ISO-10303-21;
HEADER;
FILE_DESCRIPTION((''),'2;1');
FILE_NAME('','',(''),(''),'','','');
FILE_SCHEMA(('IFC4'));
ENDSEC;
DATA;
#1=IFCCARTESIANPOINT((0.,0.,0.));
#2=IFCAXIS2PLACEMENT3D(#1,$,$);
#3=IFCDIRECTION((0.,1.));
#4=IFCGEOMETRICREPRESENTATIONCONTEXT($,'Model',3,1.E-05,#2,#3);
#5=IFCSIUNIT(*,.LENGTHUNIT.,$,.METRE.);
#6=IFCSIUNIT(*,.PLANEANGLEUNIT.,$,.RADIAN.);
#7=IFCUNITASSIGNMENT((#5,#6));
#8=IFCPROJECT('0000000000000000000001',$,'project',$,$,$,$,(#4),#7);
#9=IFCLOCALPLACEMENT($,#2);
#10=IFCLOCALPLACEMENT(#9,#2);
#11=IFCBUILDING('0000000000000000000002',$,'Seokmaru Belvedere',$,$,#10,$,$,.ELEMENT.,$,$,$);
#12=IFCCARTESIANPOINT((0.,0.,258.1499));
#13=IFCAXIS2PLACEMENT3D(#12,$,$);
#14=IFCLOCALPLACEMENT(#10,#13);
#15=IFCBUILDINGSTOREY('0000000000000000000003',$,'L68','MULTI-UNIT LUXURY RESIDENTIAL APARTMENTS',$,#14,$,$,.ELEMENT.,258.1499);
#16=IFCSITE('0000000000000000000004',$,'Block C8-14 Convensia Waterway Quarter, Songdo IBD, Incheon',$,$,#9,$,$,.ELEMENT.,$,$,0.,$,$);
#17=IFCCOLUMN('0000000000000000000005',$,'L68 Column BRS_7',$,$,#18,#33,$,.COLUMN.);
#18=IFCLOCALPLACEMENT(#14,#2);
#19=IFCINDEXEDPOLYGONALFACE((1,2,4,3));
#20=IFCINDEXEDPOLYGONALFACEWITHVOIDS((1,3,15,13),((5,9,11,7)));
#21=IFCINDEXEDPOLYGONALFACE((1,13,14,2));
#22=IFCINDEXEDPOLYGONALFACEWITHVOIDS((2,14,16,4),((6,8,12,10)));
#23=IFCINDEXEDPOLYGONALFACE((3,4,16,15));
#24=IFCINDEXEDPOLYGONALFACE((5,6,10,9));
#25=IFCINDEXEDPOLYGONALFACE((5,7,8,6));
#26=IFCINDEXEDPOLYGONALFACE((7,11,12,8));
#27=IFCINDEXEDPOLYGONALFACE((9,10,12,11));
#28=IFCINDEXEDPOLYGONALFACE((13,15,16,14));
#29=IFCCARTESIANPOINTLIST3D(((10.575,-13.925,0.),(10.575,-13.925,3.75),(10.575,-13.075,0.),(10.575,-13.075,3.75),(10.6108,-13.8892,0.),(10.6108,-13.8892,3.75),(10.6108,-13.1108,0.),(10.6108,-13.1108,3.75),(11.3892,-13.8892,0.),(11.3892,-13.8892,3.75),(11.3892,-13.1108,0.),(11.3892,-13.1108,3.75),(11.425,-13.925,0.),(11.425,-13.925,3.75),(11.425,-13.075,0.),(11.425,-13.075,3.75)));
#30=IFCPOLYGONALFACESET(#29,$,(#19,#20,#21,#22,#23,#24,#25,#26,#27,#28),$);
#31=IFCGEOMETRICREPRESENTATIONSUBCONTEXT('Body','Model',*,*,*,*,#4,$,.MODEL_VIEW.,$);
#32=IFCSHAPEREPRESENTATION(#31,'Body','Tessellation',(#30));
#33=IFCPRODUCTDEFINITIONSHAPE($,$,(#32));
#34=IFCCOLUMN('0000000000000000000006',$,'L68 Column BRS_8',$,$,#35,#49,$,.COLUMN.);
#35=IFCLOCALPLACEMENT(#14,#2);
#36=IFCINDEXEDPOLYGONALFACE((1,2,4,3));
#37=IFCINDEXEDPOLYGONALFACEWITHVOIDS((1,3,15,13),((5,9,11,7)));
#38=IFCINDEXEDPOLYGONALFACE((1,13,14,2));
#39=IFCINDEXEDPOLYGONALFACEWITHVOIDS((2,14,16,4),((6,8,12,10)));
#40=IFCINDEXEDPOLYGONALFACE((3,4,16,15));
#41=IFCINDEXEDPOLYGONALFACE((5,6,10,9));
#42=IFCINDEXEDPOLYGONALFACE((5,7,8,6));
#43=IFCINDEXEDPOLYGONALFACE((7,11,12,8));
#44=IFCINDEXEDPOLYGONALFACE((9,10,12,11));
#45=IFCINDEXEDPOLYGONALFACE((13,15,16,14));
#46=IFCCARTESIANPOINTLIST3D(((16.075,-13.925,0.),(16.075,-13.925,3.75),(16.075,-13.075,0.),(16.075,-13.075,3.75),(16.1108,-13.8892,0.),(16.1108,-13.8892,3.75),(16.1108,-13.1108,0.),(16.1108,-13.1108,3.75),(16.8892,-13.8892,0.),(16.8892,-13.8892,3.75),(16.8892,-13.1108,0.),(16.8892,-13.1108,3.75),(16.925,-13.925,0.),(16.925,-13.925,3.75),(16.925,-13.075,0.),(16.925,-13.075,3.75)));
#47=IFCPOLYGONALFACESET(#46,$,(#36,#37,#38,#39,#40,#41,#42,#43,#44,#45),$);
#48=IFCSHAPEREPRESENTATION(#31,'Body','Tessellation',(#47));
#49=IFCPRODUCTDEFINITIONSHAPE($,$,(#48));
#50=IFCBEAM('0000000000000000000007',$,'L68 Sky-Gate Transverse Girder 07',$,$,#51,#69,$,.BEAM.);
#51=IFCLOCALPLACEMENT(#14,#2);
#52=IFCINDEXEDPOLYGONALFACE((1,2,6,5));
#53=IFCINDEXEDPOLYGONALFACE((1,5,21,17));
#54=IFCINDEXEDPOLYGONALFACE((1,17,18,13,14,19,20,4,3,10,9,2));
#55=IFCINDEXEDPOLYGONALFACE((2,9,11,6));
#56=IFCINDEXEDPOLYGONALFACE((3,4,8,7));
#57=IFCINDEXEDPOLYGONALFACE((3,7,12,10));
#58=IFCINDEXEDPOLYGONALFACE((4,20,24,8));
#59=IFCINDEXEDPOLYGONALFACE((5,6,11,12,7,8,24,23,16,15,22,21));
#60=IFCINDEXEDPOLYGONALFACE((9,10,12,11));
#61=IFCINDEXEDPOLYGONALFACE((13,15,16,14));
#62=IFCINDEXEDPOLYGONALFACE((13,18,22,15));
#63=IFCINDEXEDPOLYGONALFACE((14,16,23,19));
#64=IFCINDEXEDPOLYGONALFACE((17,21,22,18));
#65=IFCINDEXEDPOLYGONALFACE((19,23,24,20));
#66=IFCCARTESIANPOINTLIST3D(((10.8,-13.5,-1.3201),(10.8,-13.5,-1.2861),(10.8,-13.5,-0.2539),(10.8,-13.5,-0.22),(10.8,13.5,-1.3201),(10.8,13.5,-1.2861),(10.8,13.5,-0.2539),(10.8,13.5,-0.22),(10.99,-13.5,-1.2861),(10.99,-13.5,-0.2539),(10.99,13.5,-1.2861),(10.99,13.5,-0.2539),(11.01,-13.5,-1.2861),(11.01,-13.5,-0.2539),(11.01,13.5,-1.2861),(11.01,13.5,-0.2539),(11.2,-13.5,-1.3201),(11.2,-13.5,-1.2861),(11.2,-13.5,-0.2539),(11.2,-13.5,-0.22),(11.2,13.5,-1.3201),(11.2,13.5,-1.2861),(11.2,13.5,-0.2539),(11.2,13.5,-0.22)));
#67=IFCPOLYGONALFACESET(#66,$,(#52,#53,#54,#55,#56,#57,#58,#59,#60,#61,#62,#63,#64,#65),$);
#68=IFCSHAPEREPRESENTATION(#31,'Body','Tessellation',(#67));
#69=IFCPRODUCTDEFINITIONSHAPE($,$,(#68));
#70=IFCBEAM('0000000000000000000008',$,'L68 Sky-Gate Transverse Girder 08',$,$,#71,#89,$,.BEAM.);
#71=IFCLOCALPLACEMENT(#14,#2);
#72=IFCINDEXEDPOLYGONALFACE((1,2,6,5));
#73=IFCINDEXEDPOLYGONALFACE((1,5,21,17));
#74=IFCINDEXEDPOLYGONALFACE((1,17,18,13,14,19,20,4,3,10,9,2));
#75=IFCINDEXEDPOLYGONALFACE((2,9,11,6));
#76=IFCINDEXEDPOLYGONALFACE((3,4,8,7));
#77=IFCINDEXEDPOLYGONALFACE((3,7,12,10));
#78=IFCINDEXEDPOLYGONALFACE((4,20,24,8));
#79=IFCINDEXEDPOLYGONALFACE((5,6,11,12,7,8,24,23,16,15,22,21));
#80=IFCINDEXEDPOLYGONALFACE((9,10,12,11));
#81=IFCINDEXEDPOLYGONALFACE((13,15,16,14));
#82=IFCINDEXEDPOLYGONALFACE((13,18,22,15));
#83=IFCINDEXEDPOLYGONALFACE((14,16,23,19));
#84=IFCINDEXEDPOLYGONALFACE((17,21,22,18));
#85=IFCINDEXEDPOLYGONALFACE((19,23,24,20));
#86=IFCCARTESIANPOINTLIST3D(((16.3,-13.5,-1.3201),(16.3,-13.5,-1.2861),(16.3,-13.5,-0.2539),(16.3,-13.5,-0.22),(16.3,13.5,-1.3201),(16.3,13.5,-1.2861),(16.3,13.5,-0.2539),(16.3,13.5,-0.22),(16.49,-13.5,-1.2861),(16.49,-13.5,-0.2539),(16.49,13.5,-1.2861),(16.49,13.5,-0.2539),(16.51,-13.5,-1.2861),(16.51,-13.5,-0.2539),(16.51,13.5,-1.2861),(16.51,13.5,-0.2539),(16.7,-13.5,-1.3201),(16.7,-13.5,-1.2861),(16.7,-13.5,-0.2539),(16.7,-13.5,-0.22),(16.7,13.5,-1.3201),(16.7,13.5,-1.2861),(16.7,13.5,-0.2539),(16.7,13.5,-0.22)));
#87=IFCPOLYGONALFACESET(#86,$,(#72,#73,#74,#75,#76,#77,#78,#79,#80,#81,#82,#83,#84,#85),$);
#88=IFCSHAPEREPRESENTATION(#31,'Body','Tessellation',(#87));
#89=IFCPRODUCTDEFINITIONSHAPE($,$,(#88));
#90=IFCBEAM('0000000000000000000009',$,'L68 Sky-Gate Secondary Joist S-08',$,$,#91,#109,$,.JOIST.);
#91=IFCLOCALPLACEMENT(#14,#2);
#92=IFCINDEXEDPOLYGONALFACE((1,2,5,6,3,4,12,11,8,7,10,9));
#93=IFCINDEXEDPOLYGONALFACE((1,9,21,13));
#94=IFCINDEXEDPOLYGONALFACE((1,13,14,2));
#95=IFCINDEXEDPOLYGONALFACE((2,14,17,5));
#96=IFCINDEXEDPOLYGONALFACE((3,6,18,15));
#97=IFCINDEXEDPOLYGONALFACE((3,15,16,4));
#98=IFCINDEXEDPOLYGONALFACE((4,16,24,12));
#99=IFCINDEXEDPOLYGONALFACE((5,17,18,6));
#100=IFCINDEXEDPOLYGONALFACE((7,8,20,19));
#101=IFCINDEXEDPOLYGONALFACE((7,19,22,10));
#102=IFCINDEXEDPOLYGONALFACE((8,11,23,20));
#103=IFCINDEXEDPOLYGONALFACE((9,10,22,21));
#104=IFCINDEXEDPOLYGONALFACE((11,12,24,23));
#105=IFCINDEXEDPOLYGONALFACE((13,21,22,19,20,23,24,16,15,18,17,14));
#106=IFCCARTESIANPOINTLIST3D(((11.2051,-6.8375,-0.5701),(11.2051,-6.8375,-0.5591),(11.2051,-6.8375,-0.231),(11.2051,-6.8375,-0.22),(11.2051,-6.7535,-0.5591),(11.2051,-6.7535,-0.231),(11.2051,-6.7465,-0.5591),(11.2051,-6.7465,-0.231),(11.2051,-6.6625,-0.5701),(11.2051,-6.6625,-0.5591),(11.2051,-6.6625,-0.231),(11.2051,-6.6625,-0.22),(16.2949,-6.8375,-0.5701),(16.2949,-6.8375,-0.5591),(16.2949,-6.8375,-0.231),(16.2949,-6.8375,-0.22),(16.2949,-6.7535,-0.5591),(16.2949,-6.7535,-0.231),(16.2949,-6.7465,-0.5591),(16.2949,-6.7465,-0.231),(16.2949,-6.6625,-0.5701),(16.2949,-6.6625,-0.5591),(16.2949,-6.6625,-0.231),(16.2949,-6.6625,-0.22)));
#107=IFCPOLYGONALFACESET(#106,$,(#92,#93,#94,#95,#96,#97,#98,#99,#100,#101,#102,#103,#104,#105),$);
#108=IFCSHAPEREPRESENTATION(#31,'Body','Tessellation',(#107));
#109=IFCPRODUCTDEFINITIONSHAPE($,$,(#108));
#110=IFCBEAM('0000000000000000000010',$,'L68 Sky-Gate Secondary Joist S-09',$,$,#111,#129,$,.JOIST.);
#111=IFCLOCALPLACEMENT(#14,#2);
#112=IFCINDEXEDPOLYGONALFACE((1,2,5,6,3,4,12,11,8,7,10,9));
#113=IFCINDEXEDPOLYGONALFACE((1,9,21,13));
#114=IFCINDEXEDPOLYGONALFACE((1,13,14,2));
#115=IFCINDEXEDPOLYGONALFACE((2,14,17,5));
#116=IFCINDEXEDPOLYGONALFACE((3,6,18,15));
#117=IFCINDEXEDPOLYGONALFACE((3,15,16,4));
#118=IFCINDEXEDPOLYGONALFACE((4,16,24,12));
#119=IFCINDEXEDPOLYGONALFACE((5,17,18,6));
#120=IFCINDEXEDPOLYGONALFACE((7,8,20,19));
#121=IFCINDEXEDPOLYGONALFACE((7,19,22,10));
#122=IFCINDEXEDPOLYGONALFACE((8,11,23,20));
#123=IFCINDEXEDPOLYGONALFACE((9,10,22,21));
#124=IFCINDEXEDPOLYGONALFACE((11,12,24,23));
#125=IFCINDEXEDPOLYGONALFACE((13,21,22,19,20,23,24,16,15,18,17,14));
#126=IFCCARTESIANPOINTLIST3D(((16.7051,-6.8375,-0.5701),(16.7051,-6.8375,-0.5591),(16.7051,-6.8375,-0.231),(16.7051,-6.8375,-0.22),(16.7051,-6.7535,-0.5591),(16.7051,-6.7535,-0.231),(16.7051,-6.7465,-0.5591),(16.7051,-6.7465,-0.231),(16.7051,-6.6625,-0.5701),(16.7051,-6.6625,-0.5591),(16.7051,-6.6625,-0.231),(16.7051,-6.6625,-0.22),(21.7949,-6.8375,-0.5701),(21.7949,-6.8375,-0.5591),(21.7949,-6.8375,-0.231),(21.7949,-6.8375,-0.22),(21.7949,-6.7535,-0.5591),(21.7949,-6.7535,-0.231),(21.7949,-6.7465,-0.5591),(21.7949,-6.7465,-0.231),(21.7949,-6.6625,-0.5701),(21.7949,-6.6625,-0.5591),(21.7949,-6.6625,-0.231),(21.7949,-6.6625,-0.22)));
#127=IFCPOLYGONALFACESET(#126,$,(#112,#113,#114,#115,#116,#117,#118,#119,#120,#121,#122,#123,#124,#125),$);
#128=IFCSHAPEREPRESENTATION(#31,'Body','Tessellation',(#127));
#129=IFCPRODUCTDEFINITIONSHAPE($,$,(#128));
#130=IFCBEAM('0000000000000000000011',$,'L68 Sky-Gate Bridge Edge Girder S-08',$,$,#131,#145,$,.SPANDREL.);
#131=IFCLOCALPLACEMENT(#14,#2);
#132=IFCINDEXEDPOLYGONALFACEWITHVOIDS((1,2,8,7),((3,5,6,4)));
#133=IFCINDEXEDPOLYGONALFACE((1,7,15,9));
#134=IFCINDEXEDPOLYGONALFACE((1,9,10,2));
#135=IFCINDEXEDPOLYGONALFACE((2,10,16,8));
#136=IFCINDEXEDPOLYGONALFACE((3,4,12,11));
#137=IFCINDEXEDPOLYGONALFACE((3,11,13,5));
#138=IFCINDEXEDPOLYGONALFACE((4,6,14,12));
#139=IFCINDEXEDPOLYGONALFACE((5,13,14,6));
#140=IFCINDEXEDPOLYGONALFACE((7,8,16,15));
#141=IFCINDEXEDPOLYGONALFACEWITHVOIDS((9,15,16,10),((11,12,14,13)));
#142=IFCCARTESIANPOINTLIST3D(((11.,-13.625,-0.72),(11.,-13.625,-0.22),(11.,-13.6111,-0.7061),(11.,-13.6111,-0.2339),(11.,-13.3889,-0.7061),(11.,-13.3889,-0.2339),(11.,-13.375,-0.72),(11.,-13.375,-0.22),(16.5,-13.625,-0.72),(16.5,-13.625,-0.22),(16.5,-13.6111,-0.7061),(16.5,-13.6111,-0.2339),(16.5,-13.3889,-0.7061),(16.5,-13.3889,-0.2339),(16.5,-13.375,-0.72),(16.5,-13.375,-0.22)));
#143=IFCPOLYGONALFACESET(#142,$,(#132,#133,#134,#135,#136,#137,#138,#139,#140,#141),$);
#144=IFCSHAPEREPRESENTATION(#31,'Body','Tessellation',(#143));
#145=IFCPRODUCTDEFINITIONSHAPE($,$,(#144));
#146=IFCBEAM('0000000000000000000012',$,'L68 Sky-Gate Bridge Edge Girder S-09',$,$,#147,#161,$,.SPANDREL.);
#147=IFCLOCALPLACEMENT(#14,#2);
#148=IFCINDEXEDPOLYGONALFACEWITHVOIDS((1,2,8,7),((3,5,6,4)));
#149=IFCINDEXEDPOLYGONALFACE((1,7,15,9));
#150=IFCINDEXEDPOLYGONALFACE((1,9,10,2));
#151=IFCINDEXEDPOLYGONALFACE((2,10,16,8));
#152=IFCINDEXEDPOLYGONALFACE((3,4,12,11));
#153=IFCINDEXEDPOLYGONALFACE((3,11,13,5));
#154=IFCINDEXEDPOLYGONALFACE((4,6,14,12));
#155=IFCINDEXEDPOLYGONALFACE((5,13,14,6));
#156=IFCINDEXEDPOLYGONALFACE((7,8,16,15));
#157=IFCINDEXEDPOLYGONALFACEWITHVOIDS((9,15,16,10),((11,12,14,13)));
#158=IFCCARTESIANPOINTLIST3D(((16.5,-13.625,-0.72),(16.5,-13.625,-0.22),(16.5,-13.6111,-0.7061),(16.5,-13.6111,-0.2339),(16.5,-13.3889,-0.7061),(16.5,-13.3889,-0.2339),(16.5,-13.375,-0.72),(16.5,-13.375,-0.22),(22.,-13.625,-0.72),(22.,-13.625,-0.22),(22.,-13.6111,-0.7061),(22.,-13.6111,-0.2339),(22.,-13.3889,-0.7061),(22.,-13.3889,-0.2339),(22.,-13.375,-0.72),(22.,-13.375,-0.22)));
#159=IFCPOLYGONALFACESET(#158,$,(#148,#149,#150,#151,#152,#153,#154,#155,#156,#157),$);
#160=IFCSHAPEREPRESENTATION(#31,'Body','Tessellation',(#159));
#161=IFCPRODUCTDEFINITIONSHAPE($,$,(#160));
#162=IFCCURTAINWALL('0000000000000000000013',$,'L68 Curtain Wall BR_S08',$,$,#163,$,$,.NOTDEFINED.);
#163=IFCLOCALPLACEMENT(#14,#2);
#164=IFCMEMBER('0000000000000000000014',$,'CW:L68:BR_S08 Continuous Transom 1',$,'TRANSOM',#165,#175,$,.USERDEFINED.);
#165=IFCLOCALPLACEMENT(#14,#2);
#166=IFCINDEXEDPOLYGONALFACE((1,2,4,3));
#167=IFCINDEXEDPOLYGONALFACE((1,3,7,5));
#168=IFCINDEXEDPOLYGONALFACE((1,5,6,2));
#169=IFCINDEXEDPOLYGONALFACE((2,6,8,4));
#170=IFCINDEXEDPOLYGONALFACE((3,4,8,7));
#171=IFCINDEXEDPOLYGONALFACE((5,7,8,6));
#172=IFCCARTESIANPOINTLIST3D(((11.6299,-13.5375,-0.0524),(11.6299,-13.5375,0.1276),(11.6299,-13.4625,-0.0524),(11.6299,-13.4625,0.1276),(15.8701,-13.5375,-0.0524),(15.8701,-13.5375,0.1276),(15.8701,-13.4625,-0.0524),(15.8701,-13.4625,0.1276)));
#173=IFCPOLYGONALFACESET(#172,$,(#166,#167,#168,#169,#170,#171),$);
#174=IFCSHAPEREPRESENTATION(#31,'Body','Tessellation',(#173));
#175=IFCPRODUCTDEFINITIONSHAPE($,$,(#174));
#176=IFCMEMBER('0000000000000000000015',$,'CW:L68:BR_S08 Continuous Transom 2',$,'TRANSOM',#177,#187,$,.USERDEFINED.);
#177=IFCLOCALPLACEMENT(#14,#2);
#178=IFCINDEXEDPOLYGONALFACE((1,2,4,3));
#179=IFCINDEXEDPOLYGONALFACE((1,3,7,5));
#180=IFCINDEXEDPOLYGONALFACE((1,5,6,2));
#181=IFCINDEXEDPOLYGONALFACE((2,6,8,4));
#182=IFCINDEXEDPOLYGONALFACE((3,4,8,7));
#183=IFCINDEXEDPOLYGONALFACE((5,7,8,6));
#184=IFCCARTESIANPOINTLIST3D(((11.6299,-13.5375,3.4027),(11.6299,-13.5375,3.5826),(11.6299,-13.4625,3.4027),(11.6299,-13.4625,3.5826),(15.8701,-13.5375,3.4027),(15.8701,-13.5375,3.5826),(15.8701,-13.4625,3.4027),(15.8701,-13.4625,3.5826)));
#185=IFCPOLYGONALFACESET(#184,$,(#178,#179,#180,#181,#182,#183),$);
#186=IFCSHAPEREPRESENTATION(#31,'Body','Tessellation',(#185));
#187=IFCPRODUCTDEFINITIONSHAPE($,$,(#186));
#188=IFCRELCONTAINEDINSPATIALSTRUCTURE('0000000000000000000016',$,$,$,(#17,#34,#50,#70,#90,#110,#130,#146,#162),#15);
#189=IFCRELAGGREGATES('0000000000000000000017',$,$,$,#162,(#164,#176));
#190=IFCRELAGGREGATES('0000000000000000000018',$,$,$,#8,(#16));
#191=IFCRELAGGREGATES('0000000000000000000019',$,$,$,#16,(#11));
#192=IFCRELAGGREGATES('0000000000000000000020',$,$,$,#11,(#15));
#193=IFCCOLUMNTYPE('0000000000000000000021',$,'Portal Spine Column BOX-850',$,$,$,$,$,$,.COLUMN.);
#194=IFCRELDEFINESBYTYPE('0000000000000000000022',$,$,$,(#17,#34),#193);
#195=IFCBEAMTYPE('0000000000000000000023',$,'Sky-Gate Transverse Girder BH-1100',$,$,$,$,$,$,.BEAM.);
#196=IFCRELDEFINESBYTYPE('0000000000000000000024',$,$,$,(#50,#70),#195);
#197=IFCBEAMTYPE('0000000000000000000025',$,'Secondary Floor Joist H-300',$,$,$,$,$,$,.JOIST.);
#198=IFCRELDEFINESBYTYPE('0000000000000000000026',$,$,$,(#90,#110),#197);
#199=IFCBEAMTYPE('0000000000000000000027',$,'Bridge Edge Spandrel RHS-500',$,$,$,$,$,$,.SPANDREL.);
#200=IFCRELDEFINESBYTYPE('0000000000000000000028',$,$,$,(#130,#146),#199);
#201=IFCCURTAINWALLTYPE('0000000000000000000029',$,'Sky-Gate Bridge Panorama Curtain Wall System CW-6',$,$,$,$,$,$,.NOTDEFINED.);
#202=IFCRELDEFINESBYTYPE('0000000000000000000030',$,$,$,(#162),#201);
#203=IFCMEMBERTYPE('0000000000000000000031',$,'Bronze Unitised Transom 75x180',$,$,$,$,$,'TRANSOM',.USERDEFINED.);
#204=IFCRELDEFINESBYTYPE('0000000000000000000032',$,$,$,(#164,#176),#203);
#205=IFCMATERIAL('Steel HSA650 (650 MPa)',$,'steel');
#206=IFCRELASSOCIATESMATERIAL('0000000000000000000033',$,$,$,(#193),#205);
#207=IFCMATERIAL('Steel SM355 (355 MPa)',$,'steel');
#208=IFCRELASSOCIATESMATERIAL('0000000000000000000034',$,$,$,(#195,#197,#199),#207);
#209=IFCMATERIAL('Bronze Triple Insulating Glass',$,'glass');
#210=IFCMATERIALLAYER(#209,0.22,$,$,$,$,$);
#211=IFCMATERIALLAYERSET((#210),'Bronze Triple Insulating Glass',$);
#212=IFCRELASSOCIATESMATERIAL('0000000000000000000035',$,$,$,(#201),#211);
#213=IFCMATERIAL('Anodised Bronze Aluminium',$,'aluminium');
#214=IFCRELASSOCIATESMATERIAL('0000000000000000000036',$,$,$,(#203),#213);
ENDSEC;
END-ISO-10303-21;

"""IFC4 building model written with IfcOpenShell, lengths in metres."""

from ifc_helpers import new_model, si_unit, direction, frame, origin, origin_2d, place, context, subcontext, project, spatial, rectangle, hollow_rectangle, i_section, extrude, source, transform, mapped, material, layer, layer_set, material_profile, profile_set, type_object, type_shapes, element, aggregate, save


model = new_model("IFC4")

# Units and contexts
model_context = context("Model", 3, precision=1e-05, world=origin(), true_north=direction((0.0, 1.0)))
body_context = subcontext(model_context, "Body", "Model", "MODEL_VIEW")
ifc_project = project(units=[si_unit("LENGTHUNIT", "METRE"), si_unit("PLANEANGLEUNIT", "RADIAN")], contexts=[model_context])

# Site, building, storey
site_placement = place(None, origin())
site = spatial("IfcSite", under=ifc_project, at=site_placement, Name="Block C8-14 Convensia Waterway Quarter, Songdo IBD, Incheon", CompositionType="ELEMENT", RefElevation=0.0)
building_placement = place(site_placement, origin())
building = spatial("IfcBuilding", under=site, at=building_placement, Name="Seokmaru Belvedere", CompositionType="ELEMENT")
storey_placement = place(building_placement, frame((0.0, 0.0, 258.1499)))
storey = spatial("IfcBuildingStorey", under=building, at=storey_placement, Name="L68", Description="MULTI-UNIT LUXURY RESIDENTIAL APARTMENTS", CompositionType="ELEMENT", Elevation=258.1499)

# Columns
ifc_material_1 = material(Name="Steel HSA650 (650 MPa)", Category="steel")
ifc_material_profile_1 = material_profile(ifc_material_1, hollow_rectangle(XDim=0.8501, YDim=0.8501, WallThickness=0.0359, at=origin_2d()), Name="BOX-850x850x36")
ifc_profile_set_1 = profile_set([ifc_material_profile_1], Name="Steel HSA650 (650 MPa)")
column_type = type_object("IfcColumnType", Name="Portal Spine Column BOX-850", PredefinedType="COLUMN", material=ifc_profile_set_1)
shared_shape_1 = source(origin(), body_context, "Body", "SweptSolid", [
    extrude(hollow_rectangle(XDim=0.8501, YDim=0.8501, WallThickness=0.0359, at=origin_2d()), origin(), (0.0, 0.0, 1.0), 3.75),
])
type_shapes(column_type, [shared_shape_1])
for number, where, z_axis, x_axis, name in (
    (1, (11.0, -13.5, 0.0), (0.0, 0.0, 1.0), (1.0, 0.0, 0.0), "L68 Column BRS_7"),
    (2, (16.5, -13.5, 0.0), (0.0, 0.0, 1.0), (1.0, 0.0, 0.0), "L68 Column BRS_8"),
):
    element("IfcColumn", number, at=place(storey_placement, frame(where, z_axis=z_axis, x_axis=x_axis)), inside=storey, type_object=column_type, Name=name, PredefinedType="COLUMN", context=body_context, shape_type="MappedRepresentation", body=[
        mapped(shared_shape_1, transform((0.0, 0.0, 0.0), scale=1.0)),
    ])

# Beams
ifc_material_2 = material(Name="Steel SM355 (355 MPa)", Category="steel")
ifc_material_profile_2 = material_profile(ifc_material_2, i_section(OverallWidth=0.3999, OverallDepth=1.1001, WebThickness=0.02, FlangeThickness=0.0339, at=origin_2d()), Name="BH-1100x400x20x34")
ifc_profile_set_2 = profile_set([ifc_material_profile_2], Name="Steel SM355 (355 MPa)")
beam_type_1 = type_object("IfcBeamType", Name="Sky-Gate Transverse Girder BH-1100", PredefinedType="BEAM", material=ifc_profile_set_2)
shared_shape_2 = source(origin(), body_context, "Body", "SweptSolid", [
    extrude(i_section(OverallWidth=0.3999, OverallDepth=1.1001, WebThickness=0.02, FlangeThickness=0.0339, at=origin_2d()), origin(), (0.0, 0.0, 1.0), 27.0),
])
type_shapes(beam_type_1, [shared_shape_2])
for number, where, z_axis, x_axis, name in (
    (3, (11.0, -13.5, -0.77), (0.0, 1.0, 0.0), (-1.0, 0.0, 0.0), "L68 Sky-Gate Transverse Girder 07"),
    (4, (16.5, -13.5, -0.77), (0.0, 1.0, 0.0), (-1.0, 0.0, 0.0), "L68 Sky-Gate Transverse Girder 08"),
):
    element("IfcBeam", number, at=place(storey_placement, frame(where, z_axis=z_axis, x_axis=x_axis)), inside=storey, type_object=beam_type_1, Name=name, PredefinedType="BEAM", context=body_context, shape_type="MappedRepresentation", body=[
        mapped(shared_shape_2, transform((0.0, 0.0, 0.0), scale=1.0)),
    ])
ifc_material_profile_3 = material_profile(ifc_material_2, i_section(OverallWidth=0.175, OverallDepth=0.3501, WebThickness=0.0071, FlangeThickness=0.011, at=origin_2d()), Name="H-350x175x7x11")
ifc_profile_set_3 = profile_set([ifc_material_profile_3], Name="Steel SM355 (355 MPa)")
beam_type_2 = type_object("IfcBeamType", Name="Secondary Floor Joist H-300", PredefinedType="JOIST", material=ifc_profile_set_3)
shared_shape_3 = source(origin(), body_context, "Body", "SweptSolid", [
    extrude(i_section(OverallWidth=0.175, OverallDepth=0.3501, WebThickness=0.0071, FlangeThickness=0.011, at=origin_2d()), origin(), (0.0, 0.0, 1.0), 5.0898),
])
type_shapes(beam_type_2, [shared_shape_3])
for number, where, z_axis, x_axis, name in (
    (5, (11.2051, -6.75, -0.395), (1.0, 0.0, 0.0), (0.0, 1.0, 0.0), "L68 Sky-Gate Secondary Joist S-08"),
    (6, (16.7051, -6.75, -0.395), (1.0, 0.0, 0.0), (0.0, 1.0, 0.0), "L68 Sky-Gate Secondary Joist S-09"),
):
    element("IfcBeam", number, at=place(storey_placement, frame(where, z_axis=z_axis, x_axis=x_axis)), inside=storey, type_object=beam_type_2, Name=name, PredefinedType="JOIST", context=body_context, shape_type="MappedRepresentation", body=[
        mapped(shared_shape_3, transform((0.0, 0.0, 0.0), scale=1.0)),
    ])
ifc_material_profile_4 = material_profile(ifc_material_2, hollow_rectangle(XDim=0.25, YDim=0.5, WallThickness=0.0139, at=origin_2d()), Name="RHS-500x250x14")
ifc_profile_set_4 = profile_set([ifc_material_profile_4], Name="Steel SM355 (355 MPa)")
beam_type_3 = type_object("IfcBeamType", Name="Bridge Edge Spandrel RHS-500", PredefinedType="SPANDREL", material=ifc_profile_set_4)
shared_shape_4 = source(origin(), body_context, "Body", "SweptSolid", [
    extrude(hollow_rectangle(XDim=0.25, YDim=0.5, WallThickness=0.0139, at=origin_2d()), origin(), (0.0, 0.0, 1.0), 5.5),
])
type_shapes(beam_type_3, [shared_shape_4])
for number, where, z_axis, x_axis, name in (
    (7, (11.0, -13.5, -0.47), (1.0, 0.0, 0.0), (0.0, 1.0, 0.0), "L68 Sky-Gate Bridge Edge Girder S-08"),
    (8, (16.5, -13.5, -0.47), (1.0, 0.0, 0.0), (0.0, 1.0, 0.0), "L68 Sky-Gate Bridge Edge Girder S-09"),
):
    element("IfcBeam", number, at=place(storey_placement, frame(where, z_axis=z_axis, x_axis=x_axis)), inside=storey, type_object=beam_type_3, Name=name, PredefinedType="SPANDREL", context=body_context, shape_type="MappedRepresentation", body=[
        mapped(shared_shape_4, transform((0.0, 0.0, 0.0), scale=1.0)),
    ])

# Curtain wall, members
ifc_material_3 = material(Name="Bronze Triple Insulating Glass", Category="glass")
ifc_layer_1 = layer(ifc_material_3, 0.22)
ifc_layer_set_1 = layer_set([ifc_layer_1], Name="Bronze Triple Insulating Glass")
curtain_wall_type = type_object("IfcCurtainWallType", Name="Sky-Gate Bridge Panorama Curtain Wall System CW-6", PredefinedType="NOTDEFINED", material=ifc_layer_set_1)
curtain_wall_1_placement = place(storey_placement, origin())
curtain_wall_1 = element("IfcCurtainWall", 9, at=curtain_wall_1_placement, inside=storey, type_object=curtain_wall_type, Name="L68 Curtain Wall BR_S08", PredefinedType="NOTDEFINED")
ifc_material_4 = material(Name="Anodised Bronze Aluminium", Category="aluminium")
ifc_material_profile_5 = material_profile(ifc_material_4, rectangle(XDim=0.075, YDim=0.1799, at=origin_2d()), Name="CW-T-75x180")
ifc_profile_set_5 = profile_set([ifc_material_profile_5], Name="Anodised Bronze Aluminium")
member_type_1 = type_object("IfcMemberType", Name="Bronze Unitised Transom 75x180", ElementType="TRANSOM", PredefinedType="USERDEFINED", material=ifc_profile_set_5)
shared_shape_5 = source(origin(), body_context, "Body", "SweptSolid", [
    extrude(rectangle(XDim=0.075, YDim=0.1799, at=origin_2d()), origin(), (0.0, 0.0, 1.0), 4.2402),
])
type_shapes(member_type_1, [shared_shape_5])
member_1_placement = place(storey_placement, frame((11.6299, -13.5, 0.0376), z_axis=(1.0, 0.0, 0.0), x_axis=(0.0, 1.0, 0.0)))
member_1 = element("IfcMember", 10, at=member_1_placement, type_object=member_type_1, Name="CW:L68:BR_S08 Continuous Transom 1", ObjectType="TRANSOM", PredefinedType="USERDEFINED", context=body_context, shape_type="MappedRepresentation", body=[
    mapped(shared_shape_5, transform((0.0, 0.0, 0.0), scale=1.0)),
])
member_2_placement = place(storey_placement, frame((11.6299, -13.5, 3.4927), z_axis=(1.0, 0.0, 0.0), x_axis=(0.0, 1.0, 0.0)))
member_2 = element("IfcMember", 11, at=member_2_placement, type_object=member_type_1, Name="CW:L68:BR_S08 Continuous Transom 2", ObjectType="TRANSOM", PredefinedType="USERDEFINED", context=body_context, shape_type="MappedRepresentation", body=[
    mapped(shared_shape_5, transform((0.0, 0.0, 0.0), scale=1.0)),
])

aggregate(curtain_wall_1, [member_1, member_2])

save(model, "model.ifc")
